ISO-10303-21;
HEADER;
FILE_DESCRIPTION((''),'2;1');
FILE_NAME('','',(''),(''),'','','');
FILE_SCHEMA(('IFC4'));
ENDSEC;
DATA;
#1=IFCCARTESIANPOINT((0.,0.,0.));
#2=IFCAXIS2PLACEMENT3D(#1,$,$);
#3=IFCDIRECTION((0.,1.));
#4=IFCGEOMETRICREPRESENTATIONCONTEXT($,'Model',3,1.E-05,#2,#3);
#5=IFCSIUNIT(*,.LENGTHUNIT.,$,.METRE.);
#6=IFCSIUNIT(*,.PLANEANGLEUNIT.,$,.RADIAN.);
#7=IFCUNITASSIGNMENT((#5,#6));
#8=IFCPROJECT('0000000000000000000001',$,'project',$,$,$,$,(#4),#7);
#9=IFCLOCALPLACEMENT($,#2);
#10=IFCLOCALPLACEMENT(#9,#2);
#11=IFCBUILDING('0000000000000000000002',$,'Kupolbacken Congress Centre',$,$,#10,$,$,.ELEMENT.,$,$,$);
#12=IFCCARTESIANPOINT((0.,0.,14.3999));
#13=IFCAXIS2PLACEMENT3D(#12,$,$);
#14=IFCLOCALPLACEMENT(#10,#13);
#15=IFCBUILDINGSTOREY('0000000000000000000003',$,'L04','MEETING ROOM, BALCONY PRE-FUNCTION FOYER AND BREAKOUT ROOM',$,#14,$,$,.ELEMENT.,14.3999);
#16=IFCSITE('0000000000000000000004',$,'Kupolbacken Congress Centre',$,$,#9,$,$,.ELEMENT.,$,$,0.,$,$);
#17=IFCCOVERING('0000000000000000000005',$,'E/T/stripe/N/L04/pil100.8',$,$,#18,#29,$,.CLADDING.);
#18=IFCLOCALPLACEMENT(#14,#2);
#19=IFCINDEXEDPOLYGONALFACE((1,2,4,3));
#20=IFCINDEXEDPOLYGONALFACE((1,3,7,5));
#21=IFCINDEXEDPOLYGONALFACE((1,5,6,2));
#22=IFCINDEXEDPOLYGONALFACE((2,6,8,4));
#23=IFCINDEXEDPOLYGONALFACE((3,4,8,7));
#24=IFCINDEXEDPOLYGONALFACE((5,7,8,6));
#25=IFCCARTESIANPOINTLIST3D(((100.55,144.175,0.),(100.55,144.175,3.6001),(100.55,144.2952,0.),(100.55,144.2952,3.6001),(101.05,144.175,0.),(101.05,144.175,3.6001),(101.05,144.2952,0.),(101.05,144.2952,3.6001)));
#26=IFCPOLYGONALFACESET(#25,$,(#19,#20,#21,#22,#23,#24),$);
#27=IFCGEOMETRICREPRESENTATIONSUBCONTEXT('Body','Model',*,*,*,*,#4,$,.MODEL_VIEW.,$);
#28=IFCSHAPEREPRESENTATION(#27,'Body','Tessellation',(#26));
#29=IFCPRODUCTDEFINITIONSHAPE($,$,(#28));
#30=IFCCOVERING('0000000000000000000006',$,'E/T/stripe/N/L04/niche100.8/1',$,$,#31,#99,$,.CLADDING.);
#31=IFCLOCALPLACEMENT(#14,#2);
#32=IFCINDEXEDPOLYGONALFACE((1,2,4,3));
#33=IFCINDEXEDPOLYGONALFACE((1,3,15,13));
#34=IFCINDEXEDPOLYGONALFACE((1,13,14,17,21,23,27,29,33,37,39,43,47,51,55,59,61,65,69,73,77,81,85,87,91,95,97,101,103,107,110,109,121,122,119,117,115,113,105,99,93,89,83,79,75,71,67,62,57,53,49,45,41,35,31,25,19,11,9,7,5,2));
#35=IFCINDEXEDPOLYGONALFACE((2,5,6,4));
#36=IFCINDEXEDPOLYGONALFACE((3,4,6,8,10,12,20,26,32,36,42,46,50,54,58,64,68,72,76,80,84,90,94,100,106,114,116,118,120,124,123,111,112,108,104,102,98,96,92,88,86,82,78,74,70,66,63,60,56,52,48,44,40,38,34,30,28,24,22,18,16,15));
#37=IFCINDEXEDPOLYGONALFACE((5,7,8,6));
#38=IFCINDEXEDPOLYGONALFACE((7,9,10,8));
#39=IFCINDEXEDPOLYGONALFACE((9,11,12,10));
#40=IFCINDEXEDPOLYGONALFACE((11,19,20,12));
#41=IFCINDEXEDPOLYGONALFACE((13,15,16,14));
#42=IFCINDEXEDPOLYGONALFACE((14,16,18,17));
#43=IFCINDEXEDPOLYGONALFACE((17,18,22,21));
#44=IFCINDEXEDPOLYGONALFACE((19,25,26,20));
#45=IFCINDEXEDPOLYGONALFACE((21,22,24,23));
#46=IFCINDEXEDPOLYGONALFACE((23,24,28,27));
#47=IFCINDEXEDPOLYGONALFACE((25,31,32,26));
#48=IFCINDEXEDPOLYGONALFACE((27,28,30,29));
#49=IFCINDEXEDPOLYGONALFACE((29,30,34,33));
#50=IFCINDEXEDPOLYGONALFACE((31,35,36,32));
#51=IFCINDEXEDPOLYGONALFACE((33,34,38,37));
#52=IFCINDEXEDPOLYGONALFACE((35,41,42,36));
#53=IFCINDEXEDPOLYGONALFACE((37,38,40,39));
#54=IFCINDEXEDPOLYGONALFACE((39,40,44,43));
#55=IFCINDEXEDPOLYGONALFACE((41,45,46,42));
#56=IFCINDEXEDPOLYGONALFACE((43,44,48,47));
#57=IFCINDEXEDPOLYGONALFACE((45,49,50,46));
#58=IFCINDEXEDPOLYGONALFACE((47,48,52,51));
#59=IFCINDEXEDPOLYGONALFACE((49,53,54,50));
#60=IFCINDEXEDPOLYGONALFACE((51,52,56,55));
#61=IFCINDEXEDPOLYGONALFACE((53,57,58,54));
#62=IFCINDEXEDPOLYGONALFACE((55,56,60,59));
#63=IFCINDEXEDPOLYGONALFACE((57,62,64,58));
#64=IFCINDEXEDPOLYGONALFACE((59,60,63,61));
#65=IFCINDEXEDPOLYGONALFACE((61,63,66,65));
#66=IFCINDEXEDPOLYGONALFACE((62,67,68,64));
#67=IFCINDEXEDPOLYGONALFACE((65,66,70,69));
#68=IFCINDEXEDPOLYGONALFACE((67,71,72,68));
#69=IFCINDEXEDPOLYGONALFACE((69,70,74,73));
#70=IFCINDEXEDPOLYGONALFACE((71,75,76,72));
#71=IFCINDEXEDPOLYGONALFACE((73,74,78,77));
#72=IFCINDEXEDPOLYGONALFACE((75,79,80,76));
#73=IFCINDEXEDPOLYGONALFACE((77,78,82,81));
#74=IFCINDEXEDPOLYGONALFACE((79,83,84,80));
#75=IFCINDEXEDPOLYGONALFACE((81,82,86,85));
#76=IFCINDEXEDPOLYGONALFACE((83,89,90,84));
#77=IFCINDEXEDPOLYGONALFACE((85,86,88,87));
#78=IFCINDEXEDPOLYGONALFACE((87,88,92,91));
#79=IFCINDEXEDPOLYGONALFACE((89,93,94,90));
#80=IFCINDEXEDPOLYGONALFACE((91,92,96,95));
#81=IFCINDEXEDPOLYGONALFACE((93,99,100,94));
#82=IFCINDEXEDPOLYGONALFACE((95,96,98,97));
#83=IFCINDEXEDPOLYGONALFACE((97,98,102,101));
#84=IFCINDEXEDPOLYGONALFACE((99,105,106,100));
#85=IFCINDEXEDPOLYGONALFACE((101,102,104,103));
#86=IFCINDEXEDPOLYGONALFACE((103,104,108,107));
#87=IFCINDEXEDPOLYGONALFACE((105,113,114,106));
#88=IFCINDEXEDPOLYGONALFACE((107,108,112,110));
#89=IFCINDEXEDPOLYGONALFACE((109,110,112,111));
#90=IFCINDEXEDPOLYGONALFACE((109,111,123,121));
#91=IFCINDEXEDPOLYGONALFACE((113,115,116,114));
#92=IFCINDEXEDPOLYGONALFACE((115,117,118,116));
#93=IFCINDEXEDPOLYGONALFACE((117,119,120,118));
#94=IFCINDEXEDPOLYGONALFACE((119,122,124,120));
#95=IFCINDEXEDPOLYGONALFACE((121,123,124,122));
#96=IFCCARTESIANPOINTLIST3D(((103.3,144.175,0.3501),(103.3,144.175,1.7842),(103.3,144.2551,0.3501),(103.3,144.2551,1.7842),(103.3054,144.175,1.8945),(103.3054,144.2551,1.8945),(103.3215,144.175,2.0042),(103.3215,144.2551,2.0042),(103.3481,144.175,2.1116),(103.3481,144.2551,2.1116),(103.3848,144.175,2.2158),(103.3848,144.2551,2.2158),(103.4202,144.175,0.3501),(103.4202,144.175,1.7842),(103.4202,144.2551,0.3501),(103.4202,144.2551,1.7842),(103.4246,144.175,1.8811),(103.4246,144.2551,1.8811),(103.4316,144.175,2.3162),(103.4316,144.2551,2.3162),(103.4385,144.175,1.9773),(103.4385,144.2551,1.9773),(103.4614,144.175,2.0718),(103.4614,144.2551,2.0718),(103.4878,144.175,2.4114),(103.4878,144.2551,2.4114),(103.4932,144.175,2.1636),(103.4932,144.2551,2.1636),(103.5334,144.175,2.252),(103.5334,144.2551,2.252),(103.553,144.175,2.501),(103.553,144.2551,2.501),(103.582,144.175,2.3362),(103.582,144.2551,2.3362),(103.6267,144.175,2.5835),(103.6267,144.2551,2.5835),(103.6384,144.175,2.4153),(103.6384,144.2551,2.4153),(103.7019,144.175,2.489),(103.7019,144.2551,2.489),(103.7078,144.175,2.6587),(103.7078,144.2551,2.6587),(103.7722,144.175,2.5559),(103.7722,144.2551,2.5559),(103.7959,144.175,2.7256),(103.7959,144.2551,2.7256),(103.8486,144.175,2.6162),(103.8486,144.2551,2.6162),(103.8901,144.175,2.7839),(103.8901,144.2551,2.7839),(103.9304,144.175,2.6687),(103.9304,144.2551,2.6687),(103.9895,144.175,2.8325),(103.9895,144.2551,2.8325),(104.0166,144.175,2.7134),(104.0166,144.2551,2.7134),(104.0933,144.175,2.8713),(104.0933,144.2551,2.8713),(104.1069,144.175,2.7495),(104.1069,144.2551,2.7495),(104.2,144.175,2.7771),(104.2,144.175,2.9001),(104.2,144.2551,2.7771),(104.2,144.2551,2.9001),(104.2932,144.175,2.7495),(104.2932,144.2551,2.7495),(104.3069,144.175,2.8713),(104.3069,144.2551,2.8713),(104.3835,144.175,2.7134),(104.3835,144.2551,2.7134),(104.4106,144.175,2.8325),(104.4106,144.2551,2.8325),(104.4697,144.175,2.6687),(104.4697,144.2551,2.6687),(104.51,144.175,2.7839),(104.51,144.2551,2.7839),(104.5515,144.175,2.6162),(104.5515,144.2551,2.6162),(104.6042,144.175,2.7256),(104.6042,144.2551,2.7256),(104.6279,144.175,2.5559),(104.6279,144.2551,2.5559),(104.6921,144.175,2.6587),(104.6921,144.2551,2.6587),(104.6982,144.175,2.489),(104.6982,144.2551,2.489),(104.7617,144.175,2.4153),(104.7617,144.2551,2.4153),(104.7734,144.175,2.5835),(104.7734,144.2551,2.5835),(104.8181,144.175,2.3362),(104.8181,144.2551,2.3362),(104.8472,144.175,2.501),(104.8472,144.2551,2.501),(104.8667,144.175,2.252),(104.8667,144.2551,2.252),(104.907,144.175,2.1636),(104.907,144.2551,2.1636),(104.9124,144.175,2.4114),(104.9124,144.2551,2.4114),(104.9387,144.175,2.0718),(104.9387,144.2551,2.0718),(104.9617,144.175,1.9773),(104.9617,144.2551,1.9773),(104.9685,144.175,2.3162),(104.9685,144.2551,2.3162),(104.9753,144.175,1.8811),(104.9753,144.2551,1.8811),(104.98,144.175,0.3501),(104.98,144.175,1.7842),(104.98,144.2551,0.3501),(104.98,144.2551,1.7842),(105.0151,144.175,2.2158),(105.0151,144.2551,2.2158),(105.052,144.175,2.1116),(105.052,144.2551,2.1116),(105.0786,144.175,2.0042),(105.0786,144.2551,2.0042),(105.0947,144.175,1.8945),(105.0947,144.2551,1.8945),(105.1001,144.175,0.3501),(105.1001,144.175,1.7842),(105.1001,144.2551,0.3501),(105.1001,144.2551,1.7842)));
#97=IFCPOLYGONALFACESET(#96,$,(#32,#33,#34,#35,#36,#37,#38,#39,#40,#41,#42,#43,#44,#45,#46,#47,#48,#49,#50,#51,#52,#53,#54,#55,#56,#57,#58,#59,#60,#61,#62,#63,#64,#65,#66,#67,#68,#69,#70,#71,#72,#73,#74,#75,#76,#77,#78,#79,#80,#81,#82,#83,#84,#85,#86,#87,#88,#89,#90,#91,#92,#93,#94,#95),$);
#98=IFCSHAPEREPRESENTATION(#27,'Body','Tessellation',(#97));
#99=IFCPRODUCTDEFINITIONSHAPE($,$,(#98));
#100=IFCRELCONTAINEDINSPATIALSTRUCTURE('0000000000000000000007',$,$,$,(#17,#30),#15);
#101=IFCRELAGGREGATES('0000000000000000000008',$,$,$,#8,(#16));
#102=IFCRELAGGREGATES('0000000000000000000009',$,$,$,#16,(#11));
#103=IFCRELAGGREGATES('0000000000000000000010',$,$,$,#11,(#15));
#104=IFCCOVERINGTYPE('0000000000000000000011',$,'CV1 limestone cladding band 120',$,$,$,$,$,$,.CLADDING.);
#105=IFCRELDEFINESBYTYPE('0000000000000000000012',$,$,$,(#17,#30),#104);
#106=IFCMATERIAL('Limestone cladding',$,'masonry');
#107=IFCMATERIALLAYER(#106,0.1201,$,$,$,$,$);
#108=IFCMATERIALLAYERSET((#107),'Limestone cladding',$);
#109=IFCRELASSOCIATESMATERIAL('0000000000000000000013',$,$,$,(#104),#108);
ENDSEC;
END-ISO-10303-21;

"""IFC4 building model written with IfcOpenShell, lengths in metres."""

from ifc_helpers import new_model, si_unit, direction, frame, origin, origin_2d, place, context, subcontext, project, spatial, polyline, rectangle, outline, extrude, material, layer, layer_set, type_object, element, save


model = new_model("IFC4")

# Units and contexts
model_context = context("Model", 3, precision=1e-05, world=origin(), true_north=direction((0.0, 1.0)))
body_context = subcontext(model_context, "Body", "Model", "MODEL_VIEW")
ifc_project = project(units=[si_unit("LENGTHUNIT", "METRE"), si_unit("PLANEANGLEUNIT", "RADIAN")], contexts=[model_context])

# Site, building, storey
site_placement = place(None, origin())
site = spatial("IfcSite", under=ifc_project, at=site_placement, Name="Kupolbacken Congress Centre", CompositionType="ELEMENT", RefElevation=0.0)
building_placement = place(site_placement, origin())
building = spatial("IfcBuilding", under=site, at=building_placement, Name="Kupolbacken Congress Centre", CompositionType="ELEMENT")
storey_placement = place(building_placement, frame((0.0, 0.0, 14.3999)))
storey = spatial("IfcBuildingStorey", under=building, at=storey_placement, Name="L04", Description="MEETING ROOM, BALCONY PRE-FUNCTION FOYER AND BREAKOUT ROOM", CompositionType="ELEMENT", Elevation=14.3999)

# Coverings
ifc_material_1 = material(Name="Limestone cladding", Category="masonry")
ifc_layer_1 = layer(ifc_material_1, 0.1201)
ifc_layer_set_1 = layer_set([ifc_layer_1], Name="Limestone cladding")
covering_type = type_object("IfcCoveringType", Name="CV1 limestone cladding band 120", PredefinedType="CLADDING", material=ifc_layer_set_1)
covering_1_placement = place(storey_placement, frame((100.8, 144.2351, 0.0), z_axis=(0.0, 0.0, 1.0), x_axis=(1.0, 0.0, 0.0)))
element("IfcCovering", 1, at=covering_1_placement, inside=storey, type_object=covering_type, Name="E/T/stripe/N/L04/pil100.8", PredefinedType="CLADDING", context=body_context, shape_type="SweptSolid", body=[
    extrude(rectangle(XDim=0.5, YDim=0.1201, at=origin_2d()), origin(), (0.0, 0.0, 1.0), 3.6001),
])
covering_2_placement = place(storey_placement, frame((103.3, 144.175, 0.3501), z_axis=(0.0, 1.0, 0.0), x_axis=(-1.0, 0.0, 0.0)))
element("IfcCovering", 2, at=covering_2_placement, inside=storey, type_object=covering_type, Name="E/T/stripe/N/L04/niche100.8/1", PredefinedType="CLADDING", context=body_context, shape_type="SweptSolid", body=[
    extrude(outline(polyline([(0.0, 0.0), (0.0, 1.4341), (-0.0054, 1.5444), (-0.0215, 1.6541), (-0.0481, 1.7615), (-0.0847, 1.8657), (-0.1316, 1.9661), (-0.1877, 2.0613), (-0.2529, 2.1509), (-0.3267, 2.2334), (-0.4077, 2.3086), (-0.4958, 2.3755), (-0.5901, 2.4338), (-0.6895, 2.4824), (-0.7932, 2.5212), (-0.8999, 2.55), (-1.0068, 2.5212), (-1.1106, 2.4824), (-1.21, 2.4338), (-1.3042, 2.3755), (-1.3921, 2.3086), (-1.4734, 2.2334), (-1.5471, 2.1509), (-1.6123, 2.0613), (-1.6685, 1.9661), (-1.7151, 1.8657), (-1.752, 1.7615), (-1.7786, 1.6541), (-1.7947, 1.5444), (-1.8, 1.4341), (-1.8, 0.0), (-1.6799, 0.0), (-1.6799, 1.4341), (-1.6753, 1.531), (-1.6616, 1.6272), (-1.6387, 1.7217), (-1.6069, 1.8135), (-1.5667, 1.9019), (-1.5181, 1.9861), (-1.4617, 2.0652), (-1.3982, 2.1389), (-1.3279, 2.2058), (-1.2515, 2.2661), (-1.1697, 2.3186), (-1.0835, 2.3633), (-0.9932, 2.3994), (-0.8999, 2.427), (-0.8069, 2.3994), (-0.7166, 2.3633), (-0.6304, 2.3186), (-0.5486, 2.2661), (-0.4722, 2.2058), (-0.4019, 2.1389), (-0.3384, 2.0652), (-0.282, 1.9861), (-0.2334, 1.9019), (-0.1931, 1.8135), (-0.1614, 1.7217), (-0.1384, 1.6272), (-0.1245, 1.531), (-0.1201, 1.4341), (-0.1201, 0.0), (0.0, 0.0)])), origin(), (0.0, 0.0, 1.0), 0.0801),
])

save(model, "model.ifc")
